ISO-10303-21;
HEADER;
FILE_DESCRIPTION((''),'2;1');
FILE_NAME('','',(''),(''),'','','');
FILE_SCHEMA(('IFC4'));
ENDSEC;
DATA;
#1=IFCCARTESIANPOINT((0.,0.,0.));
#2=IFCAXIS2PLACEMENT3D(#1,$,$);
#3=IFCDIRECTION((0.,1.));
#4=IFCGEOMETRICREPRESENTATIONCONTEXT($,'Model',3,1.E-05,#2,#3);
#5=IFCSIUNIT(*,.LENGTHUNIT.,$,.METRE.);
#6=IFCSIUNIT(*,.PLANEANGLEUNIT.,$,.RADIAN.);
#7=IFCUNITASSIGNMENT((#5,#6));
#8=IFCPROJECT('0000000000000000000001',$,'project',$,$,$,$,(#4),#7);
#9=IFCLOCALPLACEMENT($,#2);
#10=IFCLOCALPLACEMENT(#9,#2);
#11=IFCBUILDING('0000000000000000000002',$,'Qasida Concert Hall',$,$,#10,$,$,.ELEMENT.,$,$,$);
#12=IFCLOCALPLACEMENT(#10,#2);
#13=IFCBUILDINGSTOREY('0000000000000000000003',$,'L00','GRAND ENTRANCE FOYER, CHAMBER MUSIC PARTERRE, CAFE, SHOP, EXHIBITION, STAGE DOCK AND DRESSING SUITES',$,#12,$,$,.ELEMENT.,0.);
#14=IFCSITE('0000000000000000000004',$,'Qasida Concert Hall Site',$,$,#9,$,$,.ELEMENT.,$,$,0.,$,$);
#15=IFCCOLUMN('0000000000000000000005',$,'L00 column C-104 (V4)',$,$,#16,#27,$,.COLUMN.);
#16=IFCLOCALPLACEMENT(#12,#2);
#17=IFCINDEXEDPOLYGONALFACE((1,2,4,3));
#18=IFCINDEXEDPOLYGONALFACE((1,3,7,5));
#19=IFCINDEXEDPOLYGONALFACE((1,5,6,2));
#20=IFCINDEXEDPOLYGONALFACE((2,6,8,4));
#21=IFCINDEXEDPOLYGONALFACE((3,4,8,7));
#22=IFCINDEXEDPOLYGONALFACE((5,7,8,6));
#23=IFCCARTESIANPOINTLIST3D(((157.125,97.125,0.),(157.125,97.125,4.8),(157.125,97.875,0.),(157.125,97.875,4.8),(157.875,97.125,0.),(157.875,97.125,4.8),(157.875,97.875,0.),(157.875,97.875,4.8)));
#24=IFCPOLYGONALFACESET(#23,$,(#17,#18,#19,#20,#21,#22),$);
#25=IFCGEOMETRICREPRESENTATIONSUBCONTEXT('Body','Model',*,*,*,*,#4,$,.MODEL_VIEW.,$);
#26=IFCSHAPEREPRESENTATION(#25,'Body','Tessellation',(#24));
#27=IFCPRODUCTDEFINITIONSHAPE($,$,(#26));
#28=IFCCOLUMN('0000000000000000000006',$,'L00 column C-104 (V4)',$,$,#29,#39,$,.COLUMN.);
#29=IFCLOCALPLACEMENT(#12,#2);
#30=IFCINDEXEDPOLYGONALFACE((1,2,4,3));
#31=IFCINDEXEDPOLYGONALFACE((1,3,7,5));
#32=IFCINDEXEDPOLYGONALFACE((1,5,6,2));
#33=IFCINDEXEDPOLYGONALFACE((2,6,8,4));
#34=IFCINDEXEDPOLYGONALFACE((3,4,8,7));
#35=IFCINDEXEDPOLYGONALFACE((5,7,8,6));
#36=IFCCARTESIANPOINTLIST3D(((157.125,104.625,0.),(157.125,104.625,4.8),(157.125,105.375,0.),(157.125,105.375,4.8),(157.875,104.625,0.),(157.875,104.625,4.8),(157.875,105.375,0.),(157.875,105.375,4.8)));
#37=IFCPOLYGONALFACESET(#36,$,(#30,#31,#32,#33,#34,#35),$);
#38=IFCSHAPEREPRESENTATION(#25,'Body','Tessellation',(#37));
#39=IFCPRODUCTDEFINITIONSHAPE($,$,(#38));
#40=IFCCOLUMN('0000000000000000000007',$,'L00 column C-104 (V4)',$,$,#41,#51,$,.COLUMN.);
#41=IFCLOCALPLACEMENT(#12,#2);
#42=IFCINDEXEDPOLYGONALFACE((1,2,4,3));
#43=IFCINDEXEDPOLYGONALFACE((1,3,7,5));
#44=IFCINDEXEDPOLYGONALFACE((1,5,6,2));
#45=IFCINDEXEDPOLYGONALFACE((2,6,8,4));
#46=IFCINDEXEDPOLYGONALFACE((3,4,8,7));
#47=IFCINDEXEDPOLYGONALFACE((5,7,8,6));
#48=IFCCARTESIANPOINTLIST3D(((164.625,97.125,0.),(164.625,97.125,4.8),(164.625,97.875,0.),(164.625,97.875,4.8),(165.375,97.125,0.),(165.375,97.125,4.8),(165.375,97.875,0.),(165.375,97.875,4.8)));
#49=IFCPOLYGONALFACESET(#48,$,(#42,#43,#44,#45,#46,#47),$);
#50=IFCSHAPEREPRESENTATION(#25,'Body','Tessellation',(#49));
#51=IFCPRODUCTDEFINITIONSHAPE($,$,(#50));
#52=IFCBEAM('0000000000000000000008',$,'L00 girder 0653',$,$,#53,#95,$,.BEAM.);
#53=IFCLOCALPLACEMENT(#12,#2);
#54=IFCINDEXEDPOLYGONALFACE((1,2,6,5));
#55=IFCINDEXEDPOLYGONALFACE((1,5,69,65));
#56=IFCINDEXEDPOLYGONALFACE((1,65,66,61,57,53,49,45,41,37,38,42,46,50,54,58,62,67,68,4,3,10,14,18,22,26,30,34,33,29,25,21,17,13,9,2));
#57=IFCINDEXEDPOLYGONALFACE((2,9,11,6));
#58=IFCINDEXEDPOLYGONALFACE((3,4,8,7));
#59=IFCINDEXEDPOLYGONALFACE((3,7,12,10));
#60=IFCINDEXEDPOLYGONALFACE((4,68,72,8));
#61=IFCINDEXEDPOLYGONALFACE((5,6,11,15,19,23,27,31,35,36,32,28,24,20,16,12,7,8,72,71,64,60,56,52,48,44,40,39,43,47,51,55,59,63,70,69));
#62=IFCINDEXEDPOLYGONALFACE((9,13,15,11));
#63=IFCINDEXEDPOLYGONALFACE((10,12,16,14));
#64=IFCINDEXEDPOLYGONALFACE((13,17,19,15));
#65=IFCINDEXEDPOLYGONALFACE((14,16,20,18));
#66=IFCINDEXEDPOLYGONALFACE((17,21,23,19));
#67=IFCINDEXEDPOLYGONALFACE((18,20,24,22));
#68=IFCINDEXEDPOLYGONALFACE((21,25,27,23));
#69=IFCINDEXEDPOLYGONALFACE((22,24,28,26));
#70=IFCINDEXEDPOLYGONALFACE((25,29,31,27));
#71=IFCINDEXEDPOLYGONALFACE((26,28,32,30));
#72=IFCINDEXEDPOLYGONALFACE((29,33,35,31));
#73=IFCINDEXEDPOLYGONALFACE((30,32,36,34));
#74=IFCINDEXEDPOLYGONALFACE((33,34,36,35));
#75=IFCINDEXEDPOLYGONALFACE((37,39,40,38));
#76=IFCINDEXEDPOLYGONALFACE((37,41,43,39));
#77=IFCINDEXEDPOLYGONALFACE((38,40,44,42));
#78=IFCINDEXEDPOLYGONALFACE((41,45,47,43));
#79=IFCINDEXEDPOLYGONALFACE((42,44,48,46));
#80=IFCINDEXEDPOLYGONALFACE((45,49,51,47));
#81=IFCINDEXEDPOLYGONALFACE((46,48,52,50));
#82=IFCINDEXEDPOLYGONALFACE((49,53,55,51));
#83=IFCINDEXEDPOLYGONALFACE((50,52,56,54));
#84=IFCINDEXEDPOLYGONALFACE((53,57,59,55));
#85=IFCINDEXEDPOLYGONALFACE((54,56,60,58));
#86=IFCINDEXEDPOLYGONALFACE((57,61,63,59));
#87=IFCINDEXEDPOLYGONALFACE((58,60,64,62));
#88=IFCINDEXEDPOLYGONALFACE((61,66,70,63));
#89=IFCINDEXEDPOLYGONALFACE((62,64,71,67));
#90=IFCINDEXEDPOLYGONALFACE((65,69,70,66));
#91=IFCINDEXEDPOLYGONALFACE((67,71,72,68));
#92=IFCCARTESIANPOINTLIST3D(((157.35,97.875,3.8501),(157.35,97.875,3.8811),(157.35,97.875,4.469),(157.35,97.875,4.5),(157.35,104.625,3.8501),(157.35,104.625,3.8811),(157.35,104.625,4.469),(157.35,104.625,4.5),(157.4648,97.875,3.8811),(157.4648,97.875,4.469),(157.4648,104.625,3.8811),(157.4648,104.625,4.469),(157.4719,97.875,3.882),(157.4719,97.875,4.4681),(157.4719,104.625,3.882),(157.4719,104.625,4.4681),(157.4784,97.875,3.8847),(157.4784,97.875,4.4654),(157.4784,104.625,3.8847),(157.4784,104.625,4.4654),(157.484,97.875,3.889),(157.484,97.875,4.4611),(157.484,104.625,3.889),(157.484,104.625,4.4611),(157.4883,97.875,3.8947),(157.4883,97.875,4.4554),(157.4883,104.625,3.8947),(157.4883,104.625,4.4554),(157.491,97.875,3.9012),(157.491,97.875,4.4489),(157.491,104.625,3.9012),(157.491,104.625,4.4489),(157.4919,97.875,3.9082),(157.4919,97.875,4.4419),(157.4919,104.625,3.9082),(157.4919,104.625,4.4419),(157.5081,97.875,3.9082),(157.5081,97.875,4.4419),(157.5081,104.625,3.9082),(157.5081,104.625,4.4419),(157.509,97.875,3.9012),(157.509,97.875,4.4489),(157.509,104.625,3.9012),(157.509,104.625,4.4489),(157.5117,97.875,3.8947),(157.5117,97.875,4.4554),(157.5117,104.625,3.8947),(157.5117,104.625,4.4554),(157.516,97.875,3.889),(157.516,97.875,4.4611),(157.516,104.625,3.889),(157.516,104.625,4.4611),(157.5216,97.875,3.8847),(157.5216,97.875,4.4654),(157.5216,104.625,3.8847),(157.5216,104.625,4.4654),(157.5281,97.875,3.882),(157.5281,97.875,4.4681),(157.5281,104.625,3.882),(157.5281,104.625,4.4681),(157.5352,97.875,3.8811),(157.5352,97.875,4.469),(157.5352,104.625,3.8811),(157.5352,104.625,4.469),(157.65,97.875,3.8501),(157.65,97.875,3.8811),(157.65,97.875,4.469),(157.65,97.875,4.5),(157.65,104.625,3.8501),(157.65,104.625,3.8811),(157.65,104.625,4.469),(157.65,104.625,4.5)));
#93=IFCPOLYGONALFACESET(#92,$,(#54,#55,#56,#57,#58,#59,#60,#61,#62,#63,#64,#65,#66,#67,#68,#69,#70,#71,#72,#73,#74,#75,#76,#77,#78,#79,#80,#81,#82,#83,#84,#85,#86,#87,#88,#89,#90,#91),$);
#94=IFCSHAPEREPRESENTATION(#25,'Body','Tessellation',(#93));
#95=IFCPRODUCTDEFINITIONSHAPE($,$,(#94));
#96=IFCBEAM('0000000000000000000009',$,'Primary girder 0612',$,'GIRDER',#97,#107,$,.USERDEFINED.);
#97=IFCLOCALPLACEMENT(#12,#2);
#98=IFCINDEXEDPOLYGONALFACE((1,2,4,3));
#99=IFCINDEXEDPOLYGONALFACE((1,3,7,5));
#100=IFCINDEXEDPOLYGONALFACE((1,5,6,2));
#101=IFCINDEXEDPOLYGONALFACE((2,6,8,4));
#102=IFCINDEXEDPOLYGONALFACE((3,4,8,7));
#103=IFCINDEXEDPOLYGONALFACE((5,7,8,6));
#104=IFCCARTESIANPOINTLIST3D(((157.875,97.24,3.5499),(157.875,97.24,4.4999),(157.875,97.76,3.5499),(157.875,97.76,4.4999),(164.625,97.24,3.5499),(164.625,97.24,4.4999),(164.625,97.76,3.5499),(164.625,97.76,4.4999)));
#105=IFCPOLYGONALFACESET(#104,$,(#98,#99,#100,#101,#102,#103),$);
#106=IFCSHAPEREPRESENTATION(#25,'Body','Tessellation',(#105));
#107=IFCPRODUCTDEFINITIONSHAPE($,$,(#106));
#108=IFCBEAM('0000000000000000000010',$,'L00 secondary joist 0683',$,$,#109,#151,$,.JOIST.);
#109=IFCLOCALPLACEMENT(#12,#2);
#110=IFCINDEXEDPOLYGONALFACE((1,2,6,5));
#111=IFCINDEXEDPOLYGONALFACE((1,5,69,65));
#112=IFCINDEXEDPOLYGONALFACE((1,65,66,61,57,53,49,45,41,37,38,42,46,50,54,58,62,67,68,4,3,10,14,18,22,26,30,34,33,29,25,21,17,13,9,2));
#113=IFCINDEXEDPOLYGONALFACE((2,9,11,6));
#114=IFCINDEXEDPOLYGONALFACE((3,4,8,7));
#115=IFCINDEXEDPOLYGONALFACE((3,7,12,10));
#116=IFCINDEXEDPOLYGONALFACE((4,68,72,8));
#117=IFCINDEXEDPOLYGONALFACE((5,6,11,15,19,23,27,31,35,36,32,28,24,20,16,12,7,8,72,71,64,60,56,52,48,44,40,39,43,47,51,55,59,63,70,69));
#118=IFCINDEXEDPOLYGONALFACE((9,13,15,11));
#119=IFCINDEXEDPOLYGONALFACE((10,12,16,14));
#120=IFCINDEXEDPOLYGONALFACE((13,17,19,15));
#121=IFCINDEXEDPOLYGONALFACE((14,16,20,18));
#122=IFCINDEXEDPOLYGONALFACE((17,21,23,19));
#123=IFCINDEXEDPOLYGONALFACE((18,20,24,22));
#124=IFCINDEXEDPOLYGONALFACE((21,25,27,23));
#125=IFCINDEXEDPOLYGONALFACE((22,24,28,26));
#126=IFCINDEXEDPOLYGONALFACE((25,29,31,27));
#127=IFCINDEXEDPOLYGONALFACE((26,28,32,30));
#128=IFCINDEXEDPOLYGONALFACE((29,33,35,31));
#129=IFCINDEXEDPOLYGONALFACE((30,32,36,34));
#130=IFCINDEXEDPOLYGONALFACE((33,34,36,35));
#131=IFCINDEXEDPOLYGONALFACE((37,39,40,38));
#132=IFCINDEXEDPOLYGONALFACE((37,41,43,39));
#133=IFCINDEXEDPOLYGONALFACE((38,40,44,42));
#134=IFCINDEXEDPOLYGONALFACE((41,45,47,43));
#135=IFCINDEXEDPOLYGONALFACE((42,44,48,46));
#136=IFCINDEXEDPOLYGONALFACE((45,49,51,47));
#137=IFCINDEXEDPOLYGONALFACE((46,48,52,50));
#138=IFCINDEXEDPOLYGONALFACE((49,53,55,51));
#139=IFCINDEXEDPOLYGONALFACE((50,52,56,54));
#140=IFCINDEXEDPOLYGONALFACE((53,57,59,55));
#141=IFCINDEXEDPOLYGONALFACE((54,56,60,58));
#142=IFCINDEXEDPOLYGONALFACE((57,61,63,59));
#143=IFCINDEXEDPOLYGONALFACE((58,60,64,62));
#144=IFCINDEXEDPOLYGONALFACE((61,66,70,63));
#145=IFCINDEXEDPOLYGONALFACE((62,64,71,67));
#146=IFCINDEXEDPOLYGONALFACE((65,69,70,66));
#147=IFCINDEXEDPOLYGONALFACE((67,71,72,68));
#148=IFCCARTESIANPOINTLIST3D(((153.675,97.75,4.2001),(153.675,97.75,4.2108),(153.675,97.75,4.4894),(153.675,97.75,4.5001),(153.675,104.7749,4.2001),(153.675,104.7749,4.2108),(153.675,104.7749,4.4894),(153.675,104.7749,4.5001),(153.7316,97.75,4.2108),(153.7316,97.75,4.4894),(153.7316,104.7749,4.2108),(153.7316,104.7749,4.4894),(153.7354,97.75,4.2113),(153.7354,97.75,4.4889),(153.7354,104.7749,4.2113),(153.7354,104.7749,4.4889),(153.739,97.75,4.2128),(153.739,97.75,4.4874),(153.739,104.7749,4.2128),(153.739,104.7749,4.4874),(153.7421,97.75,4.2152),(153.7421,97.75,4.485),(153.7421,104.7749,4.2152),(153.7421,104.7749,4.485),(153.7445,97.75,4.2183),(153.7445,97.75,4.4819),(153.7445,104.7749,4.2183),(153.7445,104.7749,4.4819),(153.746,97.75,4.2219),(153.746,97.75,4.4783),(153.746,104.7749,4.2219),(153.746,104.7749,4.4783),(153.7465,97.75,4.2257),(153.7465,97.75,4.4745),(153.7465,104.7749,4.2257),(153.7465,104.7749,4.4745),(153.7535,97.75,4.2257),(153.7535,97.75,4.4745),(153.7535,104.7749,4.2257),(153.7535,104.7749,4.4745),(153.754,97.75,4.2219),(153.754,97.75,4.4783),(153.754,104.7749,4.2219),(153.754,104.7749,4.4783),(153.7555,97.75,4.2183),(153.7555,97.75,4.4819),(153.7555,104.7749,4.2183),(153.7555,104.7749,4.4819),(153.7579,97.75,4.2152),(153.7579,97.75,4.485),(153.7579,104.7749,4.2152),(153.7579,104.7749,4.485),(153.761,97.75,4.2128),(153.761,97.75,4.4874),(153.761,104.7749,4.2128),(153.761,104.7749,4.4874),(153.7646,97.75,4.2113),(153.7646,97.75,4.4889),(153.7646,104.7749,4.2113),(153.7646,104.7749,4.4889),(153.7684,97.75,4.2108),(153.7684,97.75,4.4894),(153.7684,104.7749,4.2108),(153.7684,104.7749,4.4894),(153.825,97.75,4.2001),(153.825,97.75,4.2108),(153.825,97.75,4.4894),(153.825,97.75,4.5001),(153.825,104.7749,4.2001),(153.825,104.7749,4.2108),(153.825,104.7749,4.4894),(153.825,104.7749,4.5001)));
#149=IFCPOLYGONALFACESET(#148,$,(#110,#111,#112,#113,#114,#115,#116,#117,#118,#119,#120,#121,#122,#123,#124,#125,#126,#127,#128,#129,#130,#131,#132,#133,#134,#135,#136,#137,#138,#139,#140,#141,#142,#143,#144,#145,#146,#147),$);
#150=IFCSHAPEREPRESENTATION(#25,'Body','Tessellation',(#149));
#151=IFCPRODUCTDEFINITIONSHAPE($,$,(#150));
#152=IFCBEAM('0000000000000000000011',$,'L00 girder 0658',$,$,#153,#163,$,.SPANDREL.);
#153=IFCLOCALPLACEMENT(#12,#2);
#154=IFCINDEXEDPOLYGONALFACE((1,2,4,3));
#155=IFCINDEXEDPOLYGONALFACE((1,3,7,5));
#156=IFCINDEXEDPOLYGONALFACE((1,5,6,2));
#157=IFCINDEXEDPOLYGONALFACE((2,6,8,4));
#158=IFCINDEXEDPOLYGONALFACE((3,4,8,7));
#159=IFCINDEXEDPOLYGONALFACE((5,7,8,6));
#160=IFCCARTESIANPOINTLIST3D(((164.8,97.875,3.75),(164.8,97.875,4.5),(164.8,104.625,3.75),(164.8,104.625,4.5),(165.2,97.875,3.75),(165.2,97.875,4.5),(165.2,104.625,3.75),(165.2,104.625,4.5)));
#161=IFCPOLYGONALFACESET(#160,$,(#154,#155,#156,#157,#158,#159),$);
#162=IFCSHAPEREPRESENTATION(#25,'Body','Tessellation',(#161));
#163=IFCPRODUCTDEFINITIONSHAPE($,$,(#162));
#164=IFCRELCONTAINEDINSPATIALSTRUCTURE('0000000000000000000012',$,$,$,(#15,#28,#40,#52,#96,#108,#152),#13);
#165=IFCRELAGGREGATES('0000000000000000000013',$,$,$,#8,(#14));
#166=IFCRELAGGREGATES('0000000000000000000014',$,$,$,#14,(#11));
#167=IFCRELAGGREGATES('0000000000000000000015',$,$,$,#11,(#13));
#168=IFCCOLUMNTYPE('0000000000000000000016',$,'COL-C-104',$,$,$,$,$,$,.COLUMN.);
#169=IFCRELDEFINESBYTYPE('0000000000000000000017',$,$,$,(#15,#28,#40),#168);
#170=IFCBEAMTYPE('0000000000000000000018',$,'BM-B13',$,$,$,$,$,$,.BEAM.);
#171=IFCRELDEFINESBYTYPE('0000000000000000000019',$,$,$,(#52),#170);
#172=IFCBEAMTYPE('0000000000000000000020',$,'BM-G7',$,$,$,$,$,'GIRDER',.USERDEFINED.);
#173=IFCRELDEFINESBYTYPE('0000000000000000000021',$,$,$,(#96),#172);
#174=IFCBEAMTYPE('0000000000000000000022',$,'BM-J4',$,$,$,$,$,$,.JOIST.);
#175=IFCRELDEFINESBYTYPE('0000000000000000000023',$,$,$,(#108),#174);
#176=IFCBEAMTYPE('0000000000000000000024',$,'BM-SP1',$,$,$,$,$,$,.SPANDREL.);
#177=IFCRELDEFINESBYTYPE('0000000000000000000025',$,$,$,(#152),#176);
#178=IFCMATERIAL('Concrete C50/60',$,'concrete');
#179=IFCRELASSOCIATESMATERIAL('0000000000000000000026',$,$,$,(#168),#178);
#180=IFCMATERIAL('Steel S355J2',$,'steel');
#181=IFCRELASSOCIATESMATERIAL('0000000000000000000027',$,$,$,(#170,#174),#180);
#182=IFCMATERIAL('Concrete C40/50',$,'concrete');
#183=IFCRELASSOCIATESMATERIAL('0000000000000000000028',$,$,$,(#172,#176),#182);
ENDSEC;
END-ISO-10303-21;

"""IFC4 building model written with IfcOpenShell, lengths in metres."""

from ifc_helpers import new_model, si_unit, direction, frame, origin, origin_2d, place, context, subcontext, project, spatial, rectangle, i_section, extrude, material, material_profile, profile_set, type_object, element, save


model = new_model("IFC4")

# Units and contexts
model_context = context("Model", 3, precision=1e-05, world=origin(), true_north=direction((0.0, 1.0)))
body_context = subcontext(model_context, "Body", "Model", "MODEL_VIEW")
ifc_project = project(units=[si_unit("LENGTHUNIT", "METRE"), si_unit("PLANEANGLEUNIT", "RADIAN")], contexts=[model_context])

# Site, building, storey
site_placement = place(None, origin())
site = spatial("IfcSite", under=ifc_project, at=site_placement, Name="Qasida Concert Hall Site", CompositionType="ELEMENT", RefElevation=0.0)
building_placement = place(site_placement, origin())
building = spatial("IfcBuilding", under=site, at=building_placement, Name="Qasida Concert Hall", CompositionType="ELEMENT")
storey_placement = place(building_placement, origin())
storey = spatial("IfcBuildingStorey", under=building, at=storey_placement, Name="L00", Description="GRAND ENTRANCE FOYER, CHAMBER MUSIC PARTERRE, CAFE, SHOP, EXHIBITION, STAGE DOCK AND DRESSING SUITES", CompositionType="ELEMENT", Elevation=0.0)

# Columns
ifc_material_1 = material(Name="Concrete C50/60", Category="concrete")
ifc_material_profile_1 = material_profile(ifc_material_1, rectangle(XDim=0.75, YDim=0.75, at=origin_2d()), Name="RC 750x750")
ifc_profile_set_1 = profile_set([ifc_material_profile_1], Name="Concrete C50/60")
column_type = type_object("IfcColumnType", Name="COL-C-104", PredefinedType="COLUMN", material=ifc_profile_set_1)
for number, where, z_axis, x_axis, name in (
    (1, (157.5, 97.5, 0.0), (0.0, 0.0, 1.0), (1.0, 0.0, 0.0), "L00 column C-104 (V4)"),
    (2, (157.5, 105.0, 0.0), (0.0, 0.0, 1.0), (1.0, 0.0, 0.0), "L00 column C-104 (V4)"),
    (3, (165.0, 97.5, 0.0), (0.0, 0.0, 1.0), (1.0, 0.0, 0.0), "L00 column C-104 (V4)"),
):
    element("IfcColumn", number, at=place(storey_placement, frame(where, z_axis=z_axis, x_axis=x_axis)), inside=storey, type_object=column_type, Name=name, PredefinedType="COLUMN", context=body_context, shape_type="SweptSolid", body=[
        extrude(rectangle(XDim=0.75, YDim=0.75, at=origin_2d()), origin(), (0.0, 0.0, 1.0), 4.8),
    ])

# Beams
ifc_material_2 = material(Name="Steel S355J2", Category="steel")
ifc_material_profile_2 = material_profile(ifc_material_2, i_section(OverallWidth=0.3, OverallDepth=0.6499, WebThickness=0.0161, FlangeThickness=0.031, FilletRadius=0.0271, at=origin_2d()), Name="HEB 650")
ifc_profile_set_2 = profile_set([ifc_material_profile_2], Name="Steel S355J2")
beam_type_1 = type_object("IfcBeamType", Name="BM-B13", PredefinedType="BEAM", material=ifc_profile_set_2)
beam_1_placement = place(storey_placement, frame((157.5, 97.875, 4.175), z_axis=(0.0, 1.0, 0.0), x_axis=(-1.0, 0.0, 0.0)))
element("IfcBeam", 4, at=beam_1_placement, inside=storey, type_object=beam_type_1, Name="L00 girder 0653", PredefinedType="BEAM", context=body_context, shape_type="SweptSolid", body=[
    extrude(i_section(OverallWidth=0.3, OverallDepth=0.6499, WebThickness=0.0161, FlangeThickness=0.031, FilletRadius=0.0271, at=origin_2d()), origin(), (0.0, 0.0, 1.0), 6.75),
])
ifc_material_3 = material(Name="Concrete C40/50", Category="concrete")
ifc_material_profile_3 = material_profile(ifc_material_3, rectangle(XDim=0.52, YDim=0.95, at=origin_2d()), Name="RC 520x950")
ifc_profile_set_3 = profile_set([ifc_material_profile_3], Name="Concrete C40/50")
beam_type_2 = type_object("IfcBeamType", Name="BM-G7", ElementType="GIRDER", PredefinedType="USERDEFINED", material=ifc_profile_set_3)
beam_2_placement = place(storey_placement, frame((157.875, 97.5, 4.0249), z_axis=(1.0, 0.0, 0.0), x_axis=(0.0, 1.0, 0.0)))
element("IfcBeam", 5, at=beam_2_placement, inside=storey, type_object=beam_type_2, Name="Primary girder 0612", ObjectType="GIRDER", PredefinedType="USERDEFINED", context=body_context, shape_type="SweptSolid", body=[
    extrude(rectangle(XDim=0.52, YDim=0.95, at=origin_2d()), origin(), (0.0, 0.0, 1.0), 6.75),
])
ifc_material_profile_4 = material_profile(ifc_material_2, i_section(OverallWidth=0.1499, OverallDepth=0.3, WebThickness=0.0071, FlangeThickness=0.0107, FilletRadius=0.0149, at=origin_2d()), Name="IPE 300")
ifc_profile_set_4 = profile_set([ifc_material_profile_4], Name="Steel S355J2")
beam_type_3 = type_object("IfcBeamType", Name="BM-J4", PredefinedType="JOIST", material=ifc_profile_set_4)
beam_3_placement = place(storey_placement, frame((153.75, 97.75, 4.3501), z_axis=(0.0, 1.0, 0.0), x_axis=(-1.0, 0.0, 0.0)))
element("IfcBeam", 6, at=beam_3_placement, inside=storey, type_object=beam_type_3, Name="L00 secondary joist 0683", PredefinedType="JOIST", context=body_context, shape_type="SweptSolid", body=[
    extrude(i_section(OverallWidth=0.1499, OverallDepth=0.3, WebThickness=0.0071, FlangeThickness=0.0107, FilletRadius=0.0149, at=origin_2d()), origin(), (0.0, 0.0, 1.0), 7.0249),
])
ifc_material_profile_5 = material_profile(ifc_material_3, rectangle(XDim=0.3999, YDim=0.75, at=origin_2d()), Name="RC 400x750")
ifc_profile_set_5 = profile_set([ifc_material_profile_5], Name="Concrete C40/50")
beam_type_4 = type_object("IfcBeamType", Name="BM-SP1", PredefinedType="SPANDREL", material=ifc_profile_set_5)
beam_4_placement = place(storey_placement, frame((165.0, 97.875, 4.125), z_axis=(0.0, 1.0, 0.0), x_axis=(-1.0, 0.0, 0.0)))
element("IfcBeam", 7, at=beam_4_placement, inside=storey, type_object=beam_type_4, Name="L00 girder 0658", PredefinedType="SPANDREL", context=body_context, shape_type="SweptSolid", body=[
    extrude(rectangle(XDim=0.3999, YDim=0.75, at=origin_2d()), origin(), (0.0, 0.0, 1.0), 6.75),
])

save(model, "model.ifc")
